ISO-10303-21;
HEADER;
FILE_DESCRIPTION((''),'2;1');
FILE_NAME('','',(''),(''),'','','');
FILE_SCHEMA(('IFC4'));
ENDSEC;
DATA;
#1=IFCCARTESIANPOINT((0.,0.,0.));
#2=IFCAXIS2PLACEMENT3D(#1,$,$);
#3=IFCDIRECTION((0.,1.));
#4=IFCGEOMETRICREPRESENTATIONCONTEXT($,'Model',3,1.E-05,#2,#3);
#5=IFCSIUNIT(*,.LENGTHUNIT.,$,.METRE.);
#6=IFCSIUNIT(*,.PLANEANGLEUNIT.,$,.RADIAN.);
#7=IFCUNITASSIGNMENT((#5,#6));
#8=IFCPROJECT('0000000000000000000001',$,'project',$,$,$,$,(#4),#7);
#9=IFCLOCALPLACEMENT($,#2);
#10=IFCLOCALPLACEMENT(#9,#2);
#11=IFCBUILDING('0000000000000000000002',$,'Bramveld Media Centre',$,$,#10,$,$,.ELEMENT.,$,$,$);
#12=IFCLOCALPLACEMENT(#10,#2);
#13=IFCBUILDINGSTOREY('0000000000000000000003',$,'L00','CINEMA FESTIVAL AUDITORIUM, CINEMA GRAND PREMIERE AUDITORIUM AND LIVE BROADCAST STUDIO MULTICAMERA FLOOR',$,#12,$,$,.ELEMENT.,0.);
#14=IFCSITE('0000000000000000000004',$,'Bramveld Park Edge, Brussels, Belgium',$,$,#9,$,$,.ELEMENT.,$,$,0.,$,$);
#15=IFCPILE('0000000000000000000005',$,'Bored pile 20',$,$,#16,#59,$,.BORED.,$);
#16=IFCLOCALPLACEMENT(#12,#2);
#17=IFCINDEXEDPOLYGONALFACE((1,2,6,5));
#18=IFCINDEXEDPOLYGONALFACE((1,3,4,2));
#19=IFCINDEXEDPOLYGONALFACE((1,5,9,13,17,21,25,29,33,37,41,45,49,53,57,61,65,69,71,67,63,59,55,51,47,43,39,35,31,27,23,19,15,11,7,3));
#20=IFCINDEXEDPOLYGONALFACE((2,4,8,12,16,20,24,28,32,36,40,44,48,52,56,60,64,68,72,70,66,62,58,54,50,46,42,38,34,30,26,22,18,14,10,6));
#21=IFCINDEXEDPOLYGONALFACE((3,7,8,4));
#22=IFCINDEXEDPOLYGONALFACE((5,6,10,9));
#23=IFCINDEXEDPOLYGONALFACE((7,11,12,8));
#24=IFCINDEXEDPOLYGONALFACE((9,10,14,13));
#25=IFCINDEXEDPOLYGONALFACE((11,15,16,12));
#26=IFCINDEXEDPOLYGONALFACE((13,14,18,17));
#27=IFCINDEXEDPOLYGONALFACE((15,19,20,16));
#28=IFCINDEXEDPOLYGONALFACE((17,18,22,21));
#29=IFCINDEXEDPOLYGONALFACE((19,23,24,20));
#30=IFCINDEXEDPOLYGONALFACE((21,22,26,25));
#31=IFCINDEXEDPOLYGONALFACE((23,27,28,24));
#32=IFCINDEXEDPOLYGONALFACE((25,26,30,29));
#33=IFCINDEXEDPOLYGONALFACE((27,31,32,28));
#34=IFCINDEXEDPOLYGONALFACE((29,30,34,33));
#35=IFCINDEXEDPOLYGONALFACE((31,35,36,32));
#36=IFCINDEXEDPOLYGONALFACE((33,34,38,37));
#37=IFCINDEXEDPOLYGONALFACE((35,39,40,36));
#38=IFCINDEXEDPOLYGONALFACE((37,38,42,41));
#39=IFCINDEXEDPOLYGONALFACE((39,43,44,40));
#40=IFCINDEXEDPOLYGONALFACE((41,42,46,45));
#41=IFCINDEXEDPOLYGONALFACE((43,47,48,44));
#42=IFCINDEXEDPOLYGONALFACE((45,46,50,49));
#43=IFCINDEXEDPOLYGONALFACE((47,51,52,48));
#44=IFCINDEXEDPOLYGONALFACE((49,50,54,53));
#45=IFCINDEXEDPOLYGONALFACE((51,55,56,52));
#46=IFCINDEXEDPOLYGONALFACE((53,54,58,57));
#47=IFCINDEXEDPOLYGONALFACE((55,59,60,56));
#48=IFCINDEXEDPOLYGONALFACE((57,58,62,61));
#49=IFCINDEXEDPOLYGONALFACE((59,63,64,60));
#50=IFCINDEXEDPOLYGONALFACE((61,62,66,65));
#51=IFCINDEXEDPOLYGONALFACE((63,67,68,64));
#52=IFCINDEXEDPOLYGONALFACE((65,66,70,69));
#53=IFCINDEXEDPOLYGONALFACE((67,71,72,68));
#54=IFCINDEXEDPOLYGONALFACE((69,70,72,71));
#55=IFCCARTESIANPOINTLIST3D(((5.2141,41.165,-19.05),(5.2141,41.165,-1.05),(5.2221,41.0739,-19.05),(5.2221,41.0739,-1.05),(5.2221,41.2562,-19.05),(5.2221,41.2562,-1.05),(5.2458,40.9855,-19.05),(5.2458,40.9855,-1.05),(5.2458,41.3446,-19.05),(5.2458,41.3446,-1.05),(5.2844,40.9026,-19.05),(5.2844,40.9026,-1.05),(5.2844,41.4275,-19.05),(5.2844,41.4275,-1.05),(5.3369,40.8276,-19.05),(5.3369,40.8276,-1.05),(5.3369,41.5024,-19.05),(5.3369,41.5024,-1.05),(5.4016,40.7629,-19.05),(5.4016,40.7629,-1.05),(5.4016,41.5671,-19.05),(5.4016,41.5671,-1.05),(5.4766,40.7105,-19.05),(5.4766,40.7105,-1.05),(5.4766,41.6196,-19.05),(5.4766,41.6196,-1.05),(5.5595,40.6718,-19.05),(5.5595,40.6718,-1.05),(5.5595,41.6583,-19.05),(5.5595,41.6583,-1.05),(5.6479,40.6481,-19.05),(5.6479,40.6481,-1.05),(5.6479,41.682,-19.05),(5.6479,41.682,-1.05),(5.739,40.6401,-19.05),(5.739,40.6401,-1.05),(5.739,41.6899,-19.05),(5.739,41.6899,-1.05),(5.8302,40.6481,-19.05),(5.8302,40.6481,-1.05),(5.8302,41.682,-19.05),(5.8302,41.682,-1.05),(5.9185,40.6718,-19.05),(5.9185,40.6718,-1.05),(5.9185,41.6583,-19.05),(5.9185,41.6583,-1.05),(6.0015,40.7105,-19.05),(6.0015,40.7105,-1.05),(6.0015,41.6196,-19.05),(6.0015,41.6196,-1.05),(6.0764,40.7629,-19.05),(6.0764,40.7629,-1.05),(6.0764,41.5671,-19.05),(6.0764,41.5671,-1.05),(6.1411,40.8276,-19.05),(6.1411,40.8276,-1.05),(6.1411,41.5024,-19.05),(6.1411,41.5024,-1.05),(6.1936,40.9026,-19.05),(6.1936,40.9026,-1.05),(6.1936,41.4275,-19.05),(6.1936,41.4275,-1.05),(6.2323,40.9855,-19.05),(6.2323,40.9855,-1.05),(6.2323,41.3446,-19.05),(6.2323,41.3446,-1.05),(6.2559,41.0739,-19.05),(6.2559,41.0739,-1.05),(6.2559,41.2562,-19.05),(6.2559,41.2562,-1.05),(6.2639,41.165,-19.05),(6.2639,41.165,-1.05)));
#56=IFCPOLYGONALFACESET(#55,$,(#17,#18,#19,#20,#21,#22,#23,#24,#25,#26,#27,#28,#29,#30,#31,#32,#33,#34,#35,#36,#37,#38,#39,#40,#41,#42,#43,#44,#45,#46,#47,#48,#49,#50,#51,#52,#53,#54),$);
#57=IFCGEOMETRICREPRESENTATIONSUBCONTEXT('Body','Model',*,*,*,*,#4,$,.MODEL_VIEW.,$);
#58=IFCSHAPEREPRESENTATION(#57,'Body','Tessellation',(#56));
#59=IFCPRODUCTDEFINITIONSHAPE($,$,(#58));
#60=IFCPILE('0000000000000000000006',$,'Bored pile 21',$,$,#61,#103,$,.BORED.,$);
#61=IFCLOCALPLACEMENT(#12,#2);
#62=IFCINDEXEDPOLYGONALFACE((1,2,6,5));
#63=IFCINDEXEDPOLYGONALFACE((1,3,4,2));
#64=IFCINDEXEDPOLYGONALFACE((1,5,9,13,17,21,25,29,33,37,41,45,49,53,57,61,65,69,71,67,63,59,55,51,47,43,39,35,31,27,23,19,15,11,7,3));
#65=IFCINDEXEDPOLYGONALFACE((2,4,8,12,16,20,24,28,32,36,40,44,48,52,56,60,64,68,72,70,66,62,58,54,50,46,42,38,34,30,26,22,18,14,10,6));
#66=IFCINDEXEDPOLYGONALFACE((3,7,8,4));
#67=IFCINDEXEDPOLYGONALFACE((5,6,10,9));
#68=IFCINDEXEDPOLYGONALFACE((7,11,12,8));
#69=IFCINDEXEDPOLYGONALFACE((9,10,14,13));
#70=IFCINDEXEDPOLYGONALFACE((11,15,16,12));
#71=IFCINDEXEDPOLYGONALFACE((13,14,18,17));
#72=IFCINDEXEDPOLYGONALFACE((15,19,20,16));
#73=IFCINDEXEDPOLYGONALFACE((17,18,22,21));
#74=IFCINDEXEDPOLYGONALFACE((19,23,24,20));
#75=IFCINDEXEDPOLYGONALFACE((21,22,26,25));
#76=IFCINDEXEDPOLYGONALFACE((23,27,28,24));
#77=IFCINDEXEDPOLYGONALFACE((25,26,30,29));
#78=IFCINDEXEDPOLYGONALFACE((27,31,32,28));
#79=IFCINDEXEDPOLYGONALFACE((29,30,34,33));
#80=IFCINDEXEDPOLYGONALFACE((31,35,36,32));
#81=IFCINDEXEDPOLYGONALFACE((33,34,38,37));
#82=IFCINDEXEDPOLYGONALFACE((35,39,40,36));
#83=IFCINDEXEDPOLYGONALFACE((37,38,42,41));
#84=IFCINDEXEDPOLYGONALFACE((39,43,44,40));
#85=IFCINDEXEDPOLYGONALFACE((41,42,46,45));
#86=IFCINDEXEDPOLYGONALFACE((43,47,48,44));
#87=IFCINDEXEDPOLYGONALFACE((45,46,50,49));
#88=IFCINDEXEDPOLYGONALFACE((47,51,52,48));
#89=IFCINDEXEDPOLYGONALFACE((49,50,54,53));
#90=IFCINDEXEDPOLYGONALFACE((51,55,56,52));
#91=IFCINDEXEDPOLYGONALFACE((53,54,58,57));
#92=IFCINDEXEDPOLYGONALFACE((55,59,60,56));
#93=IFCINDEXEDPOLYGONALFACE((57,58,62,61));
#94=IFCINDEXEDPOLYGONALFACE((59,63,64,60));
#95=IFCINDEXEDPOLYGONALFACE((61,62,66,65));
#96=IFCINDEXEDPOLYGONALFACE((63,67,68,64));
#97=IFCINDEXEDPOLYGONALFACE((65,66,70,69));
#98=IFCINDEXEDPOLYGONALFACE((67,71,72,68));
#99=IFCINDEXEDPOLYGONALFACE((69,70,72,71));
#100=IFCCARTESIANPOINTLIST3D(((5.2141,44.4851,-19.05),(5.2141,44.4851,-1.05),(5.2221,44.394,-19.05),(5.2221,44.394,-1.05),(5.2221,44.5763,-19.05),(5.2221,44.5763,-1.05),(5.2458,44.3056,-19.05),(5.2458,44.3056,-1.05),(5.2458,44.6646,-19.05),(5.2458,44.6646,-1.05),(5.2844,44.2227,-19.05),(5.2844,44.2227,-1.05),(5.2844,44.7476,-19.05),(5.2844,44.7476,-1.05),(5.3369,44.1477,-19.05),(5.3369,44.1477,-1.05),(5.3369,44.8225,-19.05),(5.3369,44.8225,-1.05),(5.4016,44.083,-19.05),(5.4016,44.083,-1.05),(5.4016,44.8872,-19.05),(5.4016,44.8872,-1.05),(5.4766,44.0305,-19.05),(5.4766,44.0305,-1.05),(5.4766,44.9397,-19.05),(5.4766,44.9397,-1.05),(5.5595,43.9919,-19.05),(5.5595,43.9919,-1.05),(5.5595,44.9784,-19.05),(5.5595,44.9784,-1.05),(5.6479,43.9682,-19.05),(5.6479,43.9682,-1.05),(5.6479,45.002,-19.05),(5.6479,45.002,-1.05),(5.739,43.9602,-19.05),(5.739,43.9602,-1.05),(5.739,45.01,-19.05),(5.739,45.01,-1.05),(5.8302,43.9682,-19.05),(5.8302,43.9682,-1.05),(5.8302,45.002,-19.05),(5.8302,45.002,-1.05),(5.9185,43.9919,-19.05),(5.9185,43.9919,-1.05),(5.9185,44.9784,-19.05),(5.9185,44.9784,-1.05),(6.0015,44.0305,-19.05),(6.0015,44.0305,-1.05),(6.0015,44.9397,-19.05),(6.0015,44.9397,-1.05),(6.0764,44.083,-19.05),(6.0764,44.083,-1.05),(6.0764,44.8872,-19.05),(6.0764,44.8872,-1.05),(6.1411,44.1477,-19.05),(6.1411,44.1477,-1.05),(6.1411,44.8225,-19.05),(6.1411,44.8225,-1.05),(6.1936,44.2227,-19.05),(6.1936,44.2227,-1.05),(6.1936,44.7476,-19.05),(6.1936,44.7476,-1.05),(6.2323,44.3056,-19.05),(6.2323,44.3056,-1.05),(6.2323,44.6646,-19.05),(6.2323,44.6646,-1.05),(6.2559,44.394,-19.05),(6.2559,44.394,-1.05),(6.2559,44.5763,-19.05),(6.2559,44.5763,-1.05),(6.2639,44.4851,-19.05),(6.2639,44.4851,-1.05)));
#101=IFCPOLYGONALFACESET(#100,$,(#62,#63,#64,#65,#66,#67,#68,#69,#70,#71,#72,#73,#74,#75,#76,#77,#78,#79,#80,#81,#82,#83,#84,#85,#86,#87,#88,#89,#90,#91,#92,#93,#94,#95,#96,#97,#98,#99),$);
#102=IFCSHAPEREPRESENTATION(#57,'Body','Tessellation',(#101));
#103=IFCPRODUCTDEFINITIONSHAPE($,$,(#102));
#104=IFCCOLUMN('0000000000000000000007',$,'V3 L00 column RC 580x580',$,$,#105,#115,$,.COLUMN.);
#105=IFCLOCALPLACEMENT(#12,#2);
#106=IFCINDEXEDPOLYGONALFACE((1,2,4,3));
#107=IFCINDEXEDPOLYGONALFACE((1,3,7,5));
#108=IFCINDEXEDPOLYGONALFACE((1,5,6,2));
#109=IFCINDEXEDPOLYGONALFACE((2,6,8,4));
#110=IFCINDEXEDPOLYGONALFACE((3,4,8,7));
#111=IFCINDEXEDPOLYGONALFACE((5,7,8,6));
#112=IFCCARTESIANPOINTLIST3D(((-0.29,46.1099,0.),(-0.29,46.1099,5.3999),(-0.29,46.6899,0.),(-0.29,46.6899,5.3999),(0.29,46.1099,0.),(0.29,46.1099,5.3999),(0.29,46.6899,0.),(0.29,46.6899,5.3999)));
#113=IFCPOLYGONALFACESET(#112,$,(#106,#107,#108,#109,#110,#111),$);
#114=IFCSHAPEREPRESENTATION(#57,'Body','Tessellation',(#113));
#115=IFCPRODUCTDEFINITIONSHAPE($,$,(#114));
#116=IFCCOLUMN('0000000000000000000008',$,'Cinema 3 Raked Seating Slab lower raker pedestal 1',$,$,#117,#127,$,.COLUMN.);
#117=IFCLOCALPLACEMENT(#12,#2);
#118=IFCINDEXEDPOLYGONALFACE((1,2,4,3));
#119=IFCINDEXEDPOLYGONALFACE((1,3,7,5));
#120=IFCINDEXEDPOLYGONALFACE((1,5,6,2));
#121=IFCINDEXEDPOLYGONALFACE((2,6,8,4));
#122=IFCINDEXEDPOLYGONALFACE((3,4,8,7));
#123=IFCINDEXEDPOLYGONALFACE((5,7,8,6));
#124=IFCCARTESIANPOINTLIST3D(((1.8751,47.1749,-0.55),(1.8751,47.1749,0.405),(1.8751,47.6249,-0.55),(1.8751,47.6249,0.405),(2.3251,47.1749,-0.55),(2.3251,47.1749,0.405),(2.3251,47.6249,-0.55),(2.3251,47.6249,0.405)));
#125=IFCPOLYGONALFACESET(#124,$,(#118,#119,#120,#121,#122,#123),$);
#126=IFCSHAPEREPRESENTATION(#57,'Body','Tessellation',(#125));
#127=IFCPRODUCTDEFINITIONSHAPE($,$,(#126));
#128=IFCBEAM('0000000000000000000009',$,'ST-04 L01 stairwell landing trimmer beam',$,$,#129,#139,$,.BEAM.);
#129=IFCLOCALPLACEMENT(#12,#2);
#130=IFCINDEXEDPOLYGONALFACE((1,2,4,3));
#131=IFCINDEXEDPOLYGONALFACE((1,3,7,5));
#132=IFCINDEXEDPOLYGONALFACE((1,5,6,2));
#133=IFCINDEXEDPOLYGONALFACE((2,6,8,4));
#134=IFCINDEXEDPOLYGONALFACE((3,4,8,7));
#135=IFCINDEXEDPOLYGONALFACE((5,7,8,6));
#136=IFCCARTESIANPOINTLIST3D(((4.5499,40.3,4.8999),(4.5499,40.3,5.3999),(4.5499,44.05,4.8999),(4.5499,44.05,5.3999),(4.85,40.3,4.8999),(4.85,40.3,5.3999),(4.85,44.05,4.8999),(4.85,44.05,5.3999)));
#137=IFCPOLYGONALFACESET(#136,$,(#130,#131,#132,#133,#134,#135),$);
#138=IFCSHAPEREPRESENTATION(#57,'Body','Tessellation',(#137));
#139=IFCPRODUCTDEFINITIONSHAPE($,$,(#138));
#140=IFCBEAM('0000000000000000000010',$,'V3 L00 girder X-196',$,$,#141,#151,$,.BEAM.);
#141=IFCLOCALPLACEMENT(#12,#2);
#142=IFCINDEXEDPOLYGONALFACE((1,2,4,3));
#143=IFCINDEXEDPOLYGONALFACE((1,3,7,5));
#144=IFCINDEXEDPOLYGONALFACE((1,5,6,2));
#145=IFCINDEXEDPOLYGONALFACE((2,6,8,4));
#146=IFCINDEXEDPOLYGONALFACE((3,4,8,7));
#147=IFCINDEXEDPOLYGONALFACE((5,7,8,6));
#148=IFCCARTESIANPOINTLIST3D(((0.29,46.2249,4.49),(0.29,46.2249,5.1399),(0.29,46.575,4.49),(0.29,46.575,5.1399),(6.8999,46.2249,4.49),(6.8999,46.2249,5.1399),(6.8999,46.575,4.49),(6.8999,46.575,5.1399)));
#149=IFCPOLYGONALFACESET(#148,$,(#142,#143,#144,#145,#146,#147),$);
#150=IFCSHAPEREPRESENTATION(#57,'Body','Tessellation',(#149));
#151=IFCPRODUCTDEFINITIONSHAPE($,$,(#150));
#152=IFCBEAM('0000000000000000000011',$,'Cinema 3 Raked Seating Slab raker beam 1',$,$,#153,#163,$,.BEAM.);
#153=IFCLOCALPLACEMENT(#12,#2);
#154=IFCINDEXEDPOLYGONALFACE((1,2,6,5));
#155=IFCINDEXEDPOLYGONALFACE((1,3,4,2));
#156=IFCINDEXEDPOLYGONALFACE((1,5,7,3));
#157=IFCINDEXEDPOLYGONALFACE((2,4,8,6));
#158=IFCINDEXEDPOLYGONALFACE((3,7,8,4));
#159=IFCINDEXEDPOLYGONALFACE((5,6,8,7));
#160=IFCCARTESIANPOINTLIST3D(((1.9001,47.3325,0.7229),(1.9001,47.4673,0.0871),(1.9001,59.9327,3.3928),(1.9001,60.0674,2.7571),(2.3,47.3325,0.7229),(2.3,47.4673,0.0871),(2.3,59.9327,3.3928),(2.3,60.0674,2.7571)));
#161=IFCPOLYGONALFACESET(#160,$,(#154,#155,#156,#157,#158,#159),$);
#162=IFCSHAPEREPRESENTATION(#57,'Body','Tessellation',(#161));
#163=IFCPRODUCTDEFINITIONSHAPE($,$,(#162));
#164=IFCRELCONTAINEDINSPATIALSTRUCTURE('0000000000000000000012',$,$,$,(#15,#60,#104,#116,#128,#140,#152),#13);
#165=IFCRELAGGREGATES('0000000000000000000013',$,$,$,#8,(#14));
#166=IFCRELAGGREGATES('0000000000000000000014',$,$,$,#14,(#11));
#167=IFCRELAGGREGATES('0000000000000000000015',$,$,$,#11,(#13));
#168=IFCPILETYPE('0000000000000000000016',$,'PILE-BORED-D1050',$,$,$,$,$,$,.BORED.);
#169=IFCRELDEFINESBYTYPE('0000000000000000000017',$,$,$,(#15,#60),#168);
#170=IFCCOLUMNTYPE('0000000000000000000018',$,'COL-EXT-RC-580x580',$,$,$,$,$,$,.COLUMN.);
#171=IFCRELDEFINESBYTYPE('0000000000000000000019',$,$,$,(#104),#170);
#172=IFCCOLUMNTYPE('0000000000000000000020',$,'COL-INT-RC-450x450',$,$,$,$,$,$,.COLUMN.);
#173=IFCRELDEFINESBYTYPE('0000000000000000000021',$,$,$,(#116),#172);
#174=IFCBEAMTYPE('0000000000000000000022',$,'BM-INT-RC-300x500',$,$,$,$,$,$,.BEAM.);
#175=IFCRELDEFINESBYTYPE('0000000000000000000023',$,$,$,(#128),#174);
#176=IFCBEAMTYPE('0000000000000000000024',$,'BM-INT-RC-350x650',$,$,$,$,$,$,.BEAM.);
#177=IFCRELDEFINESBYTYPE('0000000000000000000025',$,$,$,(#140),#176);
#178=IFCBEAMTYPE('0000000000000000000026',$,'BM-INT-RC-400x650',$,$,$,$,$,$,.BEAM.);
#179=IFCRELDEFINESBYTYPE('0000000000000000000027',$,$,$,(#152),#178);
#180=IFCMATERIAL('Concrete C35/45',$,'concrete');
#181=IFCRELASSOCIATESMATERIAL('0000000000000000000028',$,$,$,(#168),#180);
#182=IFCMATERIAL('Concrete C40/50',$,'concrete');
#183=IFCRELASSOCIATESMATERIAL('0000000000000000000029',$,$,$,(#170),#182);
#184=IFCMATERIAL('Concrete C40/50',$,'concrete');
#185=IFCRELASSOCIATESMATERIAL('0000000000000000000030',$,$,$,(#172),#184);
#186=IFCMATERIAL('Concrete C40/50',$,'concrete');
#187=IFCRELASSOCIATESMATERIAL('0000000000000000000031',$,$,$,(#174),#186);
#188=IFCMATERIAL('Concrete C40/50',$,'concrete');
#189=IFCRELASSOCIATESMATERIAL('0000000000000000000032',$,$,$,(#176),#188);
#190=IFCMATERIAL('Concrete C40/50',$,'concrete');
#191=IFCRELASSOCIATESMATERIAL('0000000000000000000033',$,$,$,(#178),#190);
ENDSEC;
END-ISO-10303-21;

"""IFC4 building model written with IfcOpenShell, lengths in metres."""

from ifc_helpers import new_model, si_unit, direction, frame, origin, origin_2d, place, context, subcontext, project, spatial, rectangle, circle, extrude, material, material_profile, profile_set, type_object, element, save


model = new_model("IFC4")

# Units and contexts
model_context = context("Model", 3, precision=1e-05, world=origin(), true_north=direction((0.0, 1.0)))
body_context = subcontext(model_context, "Body", "Model", "MODEL_VIEW")
ifc_project = project(units=[si_unit("LENGTHUNIT", "METRE"), si_unit("PLANEANGLEUNIT", "RADIAN")], contexts=[model_context])

# Site, building, storey
site_placement = place(None, origin())
site = spatial("IfcSite", under=ifc_project, at=site_placement, Name="Bramveld Park Edge, Brussels, Belgium", CompositionType="ELEMENT", RefElevation=0.0)
building_placement = place(site_placement, origin())
building = spatial("IfcBuilding", under=site, at=building_placement, Name="Bramveld Media Centre", CompositionType="ELEMENT")
storey_placement = place(building_placement, origin())
storey = spatial("IfcBuildingStorey", under=building, at=storey_placement, Name="L00", Description="CINEMA FESTIVAL AUDITORIUM, CINEMA GRAND PREMIERE AUDITORIUM AND LIVE BROADCAST STUDIO MULTICAMERA FLOOR", CompositionType="ELEMENT", Elevation=0.0)

# Piles
ifc_material_1 = material(Name="Concrete C35/45", Category="concrete")
ifc_material_profile_1 = material_profile(ifc_material_1, circle(Radius=0.5249, at=origin_2d()), Name="BORED D1050")
ifc_profile_set_1 = profile_set([ifc_material_profile_1], Name="Concrete C35/45")
pile_type = type_object("IfcPileType", Name="PILE-BORED-D1050", PredefinedType="BORED", material=ifc_profile_set_1)
for number, where, z_axis, x_axis, name in (
    (1, (5.739, 41.165, -1.05), (0.0, 0.0, -1.0), (1.0, 0.0, 0.0), "Bored pile 20"),
    (2, (5.739, 44.4851, -1.05), (0.0, 0.0, -1.0), (1.0, 0.0, 0.0), "Bored pile 21"),
):
    element("IfcPile", number, at=place(storey_placement, frame(where, z_axis=z_axis, x_axis=x_axis)), inside=storey, type_object=pile_type, Name=name, PredefinedType="BORED", context=body_context, shape_type="SweptSolid", body=[
        extrude(circle(Radius=0.5249, at=origin_2d()), origin(), (0.0, 0.0, 1.0), 18.0),
    ])

# Columns
ifc_material_2 = material(Name="Concrete C40/50", Category="concrete")
ifc_material_profile_2 = material_profile(ifc_material_2, rectangle(XDim=0.5801, YDim=0.5801, at=origin_2d()), Name="RC 580x580")
ifc_profile_set_2 = profile_set([ifc_material_profile_2], Name="Concrete C40/50")
column_type_1 = type_object("IfcColumnType", Name="COL-EXT-RC-580x580", PredefinedType="COLUMN", material=ifc_profile_set_2)
column_1_placement = place(storey_placement, frame((0.0, 46.3999, 0.0), z_axis=(0.0, 0.0, 1.0), x_axis=(1.0, 0.0, 0.0)))
element("IfcColumn", 3, at=column_1_placement, inside=storey, type_object=column_type_1, Name="V3 L00 column RC 580x580", PredefinedType="COLUMN", context=body_context, shape_type="SweptSolid", body=[
    extrude(rectangle(XDim=0.5801, YDim=0.5801, at=origin_2d()), origin(), (0.0, 0.0, 1.0), 5.3999),
])
ifc_material_3 = material(Name="Concrete C40/50", Category="concrete")
ifc_material_profile_3 = material_profile(ifc_material_3, rectangle(XDim=0.45, YDim=0.45, at=origin_2d()), Name="RC 450x450")
ifc_profile_set_3 = profile_set([ifc_material_profile_3], Name="Concrete C40/50")
column_type_2 = type_object("IfcColumnType", Name="COL-INT-RC-450x450", PredefinedType="COLUMN", material=ifc_profile_set_3)
column_2_placement = place(storey_placement, frame((2.1001, 47.3999, -0.55), z_axis=(0.0, 0.0, 1.0), x_axis=(1.0, 0.0, 0.0)))
element("IfcColumn", 4, at=column_2_placement, inside=storey, type_object=column_type_2, Name="Cinema 3 Raked Seating Slab lower raker pedestal 1", PredefinedType="COLUMN", context=body_context, shape_type="SweptSolid", body=[
    extrude(rectangle(XDim=0.45, YDim=0.45, at=origin_2d()), origin(), (0.0, 0.0, 1.0), 0.9551),
])

# Beams
ifc_material_4 = material(Name="Concrete C40/50", Category="concrete")
ifc_material_profile_4 = material_profile(ifc_material_4, rectangle(XDim=0.3, YDim=0.5, at=origin_2d()), Name="RC 300x500")
ifc_profile_set_4 = profile_set([ifc_material_profile_4], Name="Concrete C40/50")
beam_type_1 = type_object("IfcBeamType", Name="BM-INT-RC-300x500", PredefinedType="BEAM", material=ifc_profile_set_4)
beam_1_placement = place(storey_placement, frame((4.7, 40.3, 5.1499), z_axis=(0.0, 1.0, 0.0), x_axis=(-1.0, 0.0, 0.0)))
element("IfcBeam", 5, at=beam_1_placement, inside=storey, type_object=beam_type_1, Name="ST-04 L01 stairwell landing trimmer beam", PredefinedType="BEAM", context=body_context, shape_type="SweptSolid", body=[
    extrude(rectangle(XDim=0.3, YDim=0.5, at=origin_2d()), origin(), (0.0, 0.0, 1.0), 3.75),
])
ifc_material_5 = material(Name="Concrete C40/50", Category="concrete")
ifc_material_profile_5 = material_profile(ifc_material_5, rectangle(XDim=0.3501, YDim=0.6499, at=origin_2d()), Name="RC 350x650")
ifc_profile_set_5 = profile_set([ifc_material_profile_5], Name="Concrete C40/50")
beam_type_2 = type_object("IfcBeamType", Name="BM-INT-RC-350x650", PredefinedType="BEAM", material=ifc_profile_set_5)
beam_2_placement = place(storey_placement, frame((0.29, 46.3999, 4.8149), z_axis=(1.0, 0.0, 0.0), x_axis=(0.0, 1.0, 0.0)))
element("IfcBeam", 6, at=beam_2_placement, inside=storey, type_object=beam_type_2, Name="V3 L00 girder X-196", PredefinedType="BEAM", context=body_context, shape_type="SweptSolid", body=[
    extrude(rectangle(XDim=0.3501, YDim=0.6499, at=origin_2d()), origin(), (0.0, 0.0, 1.0), 6.6099),
])
ifc_material_6 = material(Name="Concrete C40/50", Category="concrete")
ifc_material_profile_6 = material_profile(ifc_material_6, rectangle(XDim=0.3999, YDim=0.6499, at=origin_2d()), Name="RC 400x650")
ifc_profile_set_6 = profile_set([ifc_material_profile_6], Name="Concrete C40/50")
beam_type_3 = type_object("IfcBeamType", Name="BM-INT-RC-400x650", PredefinedType="BEAM", material=ifc_profile_set_6)
beam_3_placement = place(storey_placement, frame((2.1001, 47.3999, 0.405), z_axis=(0.0, 0.978279, 0.207294), x_axis=(-1.0, 0.0, 0.0)))
element("IfcBeam", 7, at=beam_3_placement, inside=storey, type_object=beam_type_3, Name="Cinema 3 Raked Seating Slab raker beam 1", PredefinedType="BEAM", context=body_context, shape_type="SweptSolid", body=[
    extrude(rectangle(XDim=0.3999, YDim=0.6499, at=origin_2d()), origin(), (0.0, 0.0, 1.0), 12.8799),
])

save(model, "model.ifc")
